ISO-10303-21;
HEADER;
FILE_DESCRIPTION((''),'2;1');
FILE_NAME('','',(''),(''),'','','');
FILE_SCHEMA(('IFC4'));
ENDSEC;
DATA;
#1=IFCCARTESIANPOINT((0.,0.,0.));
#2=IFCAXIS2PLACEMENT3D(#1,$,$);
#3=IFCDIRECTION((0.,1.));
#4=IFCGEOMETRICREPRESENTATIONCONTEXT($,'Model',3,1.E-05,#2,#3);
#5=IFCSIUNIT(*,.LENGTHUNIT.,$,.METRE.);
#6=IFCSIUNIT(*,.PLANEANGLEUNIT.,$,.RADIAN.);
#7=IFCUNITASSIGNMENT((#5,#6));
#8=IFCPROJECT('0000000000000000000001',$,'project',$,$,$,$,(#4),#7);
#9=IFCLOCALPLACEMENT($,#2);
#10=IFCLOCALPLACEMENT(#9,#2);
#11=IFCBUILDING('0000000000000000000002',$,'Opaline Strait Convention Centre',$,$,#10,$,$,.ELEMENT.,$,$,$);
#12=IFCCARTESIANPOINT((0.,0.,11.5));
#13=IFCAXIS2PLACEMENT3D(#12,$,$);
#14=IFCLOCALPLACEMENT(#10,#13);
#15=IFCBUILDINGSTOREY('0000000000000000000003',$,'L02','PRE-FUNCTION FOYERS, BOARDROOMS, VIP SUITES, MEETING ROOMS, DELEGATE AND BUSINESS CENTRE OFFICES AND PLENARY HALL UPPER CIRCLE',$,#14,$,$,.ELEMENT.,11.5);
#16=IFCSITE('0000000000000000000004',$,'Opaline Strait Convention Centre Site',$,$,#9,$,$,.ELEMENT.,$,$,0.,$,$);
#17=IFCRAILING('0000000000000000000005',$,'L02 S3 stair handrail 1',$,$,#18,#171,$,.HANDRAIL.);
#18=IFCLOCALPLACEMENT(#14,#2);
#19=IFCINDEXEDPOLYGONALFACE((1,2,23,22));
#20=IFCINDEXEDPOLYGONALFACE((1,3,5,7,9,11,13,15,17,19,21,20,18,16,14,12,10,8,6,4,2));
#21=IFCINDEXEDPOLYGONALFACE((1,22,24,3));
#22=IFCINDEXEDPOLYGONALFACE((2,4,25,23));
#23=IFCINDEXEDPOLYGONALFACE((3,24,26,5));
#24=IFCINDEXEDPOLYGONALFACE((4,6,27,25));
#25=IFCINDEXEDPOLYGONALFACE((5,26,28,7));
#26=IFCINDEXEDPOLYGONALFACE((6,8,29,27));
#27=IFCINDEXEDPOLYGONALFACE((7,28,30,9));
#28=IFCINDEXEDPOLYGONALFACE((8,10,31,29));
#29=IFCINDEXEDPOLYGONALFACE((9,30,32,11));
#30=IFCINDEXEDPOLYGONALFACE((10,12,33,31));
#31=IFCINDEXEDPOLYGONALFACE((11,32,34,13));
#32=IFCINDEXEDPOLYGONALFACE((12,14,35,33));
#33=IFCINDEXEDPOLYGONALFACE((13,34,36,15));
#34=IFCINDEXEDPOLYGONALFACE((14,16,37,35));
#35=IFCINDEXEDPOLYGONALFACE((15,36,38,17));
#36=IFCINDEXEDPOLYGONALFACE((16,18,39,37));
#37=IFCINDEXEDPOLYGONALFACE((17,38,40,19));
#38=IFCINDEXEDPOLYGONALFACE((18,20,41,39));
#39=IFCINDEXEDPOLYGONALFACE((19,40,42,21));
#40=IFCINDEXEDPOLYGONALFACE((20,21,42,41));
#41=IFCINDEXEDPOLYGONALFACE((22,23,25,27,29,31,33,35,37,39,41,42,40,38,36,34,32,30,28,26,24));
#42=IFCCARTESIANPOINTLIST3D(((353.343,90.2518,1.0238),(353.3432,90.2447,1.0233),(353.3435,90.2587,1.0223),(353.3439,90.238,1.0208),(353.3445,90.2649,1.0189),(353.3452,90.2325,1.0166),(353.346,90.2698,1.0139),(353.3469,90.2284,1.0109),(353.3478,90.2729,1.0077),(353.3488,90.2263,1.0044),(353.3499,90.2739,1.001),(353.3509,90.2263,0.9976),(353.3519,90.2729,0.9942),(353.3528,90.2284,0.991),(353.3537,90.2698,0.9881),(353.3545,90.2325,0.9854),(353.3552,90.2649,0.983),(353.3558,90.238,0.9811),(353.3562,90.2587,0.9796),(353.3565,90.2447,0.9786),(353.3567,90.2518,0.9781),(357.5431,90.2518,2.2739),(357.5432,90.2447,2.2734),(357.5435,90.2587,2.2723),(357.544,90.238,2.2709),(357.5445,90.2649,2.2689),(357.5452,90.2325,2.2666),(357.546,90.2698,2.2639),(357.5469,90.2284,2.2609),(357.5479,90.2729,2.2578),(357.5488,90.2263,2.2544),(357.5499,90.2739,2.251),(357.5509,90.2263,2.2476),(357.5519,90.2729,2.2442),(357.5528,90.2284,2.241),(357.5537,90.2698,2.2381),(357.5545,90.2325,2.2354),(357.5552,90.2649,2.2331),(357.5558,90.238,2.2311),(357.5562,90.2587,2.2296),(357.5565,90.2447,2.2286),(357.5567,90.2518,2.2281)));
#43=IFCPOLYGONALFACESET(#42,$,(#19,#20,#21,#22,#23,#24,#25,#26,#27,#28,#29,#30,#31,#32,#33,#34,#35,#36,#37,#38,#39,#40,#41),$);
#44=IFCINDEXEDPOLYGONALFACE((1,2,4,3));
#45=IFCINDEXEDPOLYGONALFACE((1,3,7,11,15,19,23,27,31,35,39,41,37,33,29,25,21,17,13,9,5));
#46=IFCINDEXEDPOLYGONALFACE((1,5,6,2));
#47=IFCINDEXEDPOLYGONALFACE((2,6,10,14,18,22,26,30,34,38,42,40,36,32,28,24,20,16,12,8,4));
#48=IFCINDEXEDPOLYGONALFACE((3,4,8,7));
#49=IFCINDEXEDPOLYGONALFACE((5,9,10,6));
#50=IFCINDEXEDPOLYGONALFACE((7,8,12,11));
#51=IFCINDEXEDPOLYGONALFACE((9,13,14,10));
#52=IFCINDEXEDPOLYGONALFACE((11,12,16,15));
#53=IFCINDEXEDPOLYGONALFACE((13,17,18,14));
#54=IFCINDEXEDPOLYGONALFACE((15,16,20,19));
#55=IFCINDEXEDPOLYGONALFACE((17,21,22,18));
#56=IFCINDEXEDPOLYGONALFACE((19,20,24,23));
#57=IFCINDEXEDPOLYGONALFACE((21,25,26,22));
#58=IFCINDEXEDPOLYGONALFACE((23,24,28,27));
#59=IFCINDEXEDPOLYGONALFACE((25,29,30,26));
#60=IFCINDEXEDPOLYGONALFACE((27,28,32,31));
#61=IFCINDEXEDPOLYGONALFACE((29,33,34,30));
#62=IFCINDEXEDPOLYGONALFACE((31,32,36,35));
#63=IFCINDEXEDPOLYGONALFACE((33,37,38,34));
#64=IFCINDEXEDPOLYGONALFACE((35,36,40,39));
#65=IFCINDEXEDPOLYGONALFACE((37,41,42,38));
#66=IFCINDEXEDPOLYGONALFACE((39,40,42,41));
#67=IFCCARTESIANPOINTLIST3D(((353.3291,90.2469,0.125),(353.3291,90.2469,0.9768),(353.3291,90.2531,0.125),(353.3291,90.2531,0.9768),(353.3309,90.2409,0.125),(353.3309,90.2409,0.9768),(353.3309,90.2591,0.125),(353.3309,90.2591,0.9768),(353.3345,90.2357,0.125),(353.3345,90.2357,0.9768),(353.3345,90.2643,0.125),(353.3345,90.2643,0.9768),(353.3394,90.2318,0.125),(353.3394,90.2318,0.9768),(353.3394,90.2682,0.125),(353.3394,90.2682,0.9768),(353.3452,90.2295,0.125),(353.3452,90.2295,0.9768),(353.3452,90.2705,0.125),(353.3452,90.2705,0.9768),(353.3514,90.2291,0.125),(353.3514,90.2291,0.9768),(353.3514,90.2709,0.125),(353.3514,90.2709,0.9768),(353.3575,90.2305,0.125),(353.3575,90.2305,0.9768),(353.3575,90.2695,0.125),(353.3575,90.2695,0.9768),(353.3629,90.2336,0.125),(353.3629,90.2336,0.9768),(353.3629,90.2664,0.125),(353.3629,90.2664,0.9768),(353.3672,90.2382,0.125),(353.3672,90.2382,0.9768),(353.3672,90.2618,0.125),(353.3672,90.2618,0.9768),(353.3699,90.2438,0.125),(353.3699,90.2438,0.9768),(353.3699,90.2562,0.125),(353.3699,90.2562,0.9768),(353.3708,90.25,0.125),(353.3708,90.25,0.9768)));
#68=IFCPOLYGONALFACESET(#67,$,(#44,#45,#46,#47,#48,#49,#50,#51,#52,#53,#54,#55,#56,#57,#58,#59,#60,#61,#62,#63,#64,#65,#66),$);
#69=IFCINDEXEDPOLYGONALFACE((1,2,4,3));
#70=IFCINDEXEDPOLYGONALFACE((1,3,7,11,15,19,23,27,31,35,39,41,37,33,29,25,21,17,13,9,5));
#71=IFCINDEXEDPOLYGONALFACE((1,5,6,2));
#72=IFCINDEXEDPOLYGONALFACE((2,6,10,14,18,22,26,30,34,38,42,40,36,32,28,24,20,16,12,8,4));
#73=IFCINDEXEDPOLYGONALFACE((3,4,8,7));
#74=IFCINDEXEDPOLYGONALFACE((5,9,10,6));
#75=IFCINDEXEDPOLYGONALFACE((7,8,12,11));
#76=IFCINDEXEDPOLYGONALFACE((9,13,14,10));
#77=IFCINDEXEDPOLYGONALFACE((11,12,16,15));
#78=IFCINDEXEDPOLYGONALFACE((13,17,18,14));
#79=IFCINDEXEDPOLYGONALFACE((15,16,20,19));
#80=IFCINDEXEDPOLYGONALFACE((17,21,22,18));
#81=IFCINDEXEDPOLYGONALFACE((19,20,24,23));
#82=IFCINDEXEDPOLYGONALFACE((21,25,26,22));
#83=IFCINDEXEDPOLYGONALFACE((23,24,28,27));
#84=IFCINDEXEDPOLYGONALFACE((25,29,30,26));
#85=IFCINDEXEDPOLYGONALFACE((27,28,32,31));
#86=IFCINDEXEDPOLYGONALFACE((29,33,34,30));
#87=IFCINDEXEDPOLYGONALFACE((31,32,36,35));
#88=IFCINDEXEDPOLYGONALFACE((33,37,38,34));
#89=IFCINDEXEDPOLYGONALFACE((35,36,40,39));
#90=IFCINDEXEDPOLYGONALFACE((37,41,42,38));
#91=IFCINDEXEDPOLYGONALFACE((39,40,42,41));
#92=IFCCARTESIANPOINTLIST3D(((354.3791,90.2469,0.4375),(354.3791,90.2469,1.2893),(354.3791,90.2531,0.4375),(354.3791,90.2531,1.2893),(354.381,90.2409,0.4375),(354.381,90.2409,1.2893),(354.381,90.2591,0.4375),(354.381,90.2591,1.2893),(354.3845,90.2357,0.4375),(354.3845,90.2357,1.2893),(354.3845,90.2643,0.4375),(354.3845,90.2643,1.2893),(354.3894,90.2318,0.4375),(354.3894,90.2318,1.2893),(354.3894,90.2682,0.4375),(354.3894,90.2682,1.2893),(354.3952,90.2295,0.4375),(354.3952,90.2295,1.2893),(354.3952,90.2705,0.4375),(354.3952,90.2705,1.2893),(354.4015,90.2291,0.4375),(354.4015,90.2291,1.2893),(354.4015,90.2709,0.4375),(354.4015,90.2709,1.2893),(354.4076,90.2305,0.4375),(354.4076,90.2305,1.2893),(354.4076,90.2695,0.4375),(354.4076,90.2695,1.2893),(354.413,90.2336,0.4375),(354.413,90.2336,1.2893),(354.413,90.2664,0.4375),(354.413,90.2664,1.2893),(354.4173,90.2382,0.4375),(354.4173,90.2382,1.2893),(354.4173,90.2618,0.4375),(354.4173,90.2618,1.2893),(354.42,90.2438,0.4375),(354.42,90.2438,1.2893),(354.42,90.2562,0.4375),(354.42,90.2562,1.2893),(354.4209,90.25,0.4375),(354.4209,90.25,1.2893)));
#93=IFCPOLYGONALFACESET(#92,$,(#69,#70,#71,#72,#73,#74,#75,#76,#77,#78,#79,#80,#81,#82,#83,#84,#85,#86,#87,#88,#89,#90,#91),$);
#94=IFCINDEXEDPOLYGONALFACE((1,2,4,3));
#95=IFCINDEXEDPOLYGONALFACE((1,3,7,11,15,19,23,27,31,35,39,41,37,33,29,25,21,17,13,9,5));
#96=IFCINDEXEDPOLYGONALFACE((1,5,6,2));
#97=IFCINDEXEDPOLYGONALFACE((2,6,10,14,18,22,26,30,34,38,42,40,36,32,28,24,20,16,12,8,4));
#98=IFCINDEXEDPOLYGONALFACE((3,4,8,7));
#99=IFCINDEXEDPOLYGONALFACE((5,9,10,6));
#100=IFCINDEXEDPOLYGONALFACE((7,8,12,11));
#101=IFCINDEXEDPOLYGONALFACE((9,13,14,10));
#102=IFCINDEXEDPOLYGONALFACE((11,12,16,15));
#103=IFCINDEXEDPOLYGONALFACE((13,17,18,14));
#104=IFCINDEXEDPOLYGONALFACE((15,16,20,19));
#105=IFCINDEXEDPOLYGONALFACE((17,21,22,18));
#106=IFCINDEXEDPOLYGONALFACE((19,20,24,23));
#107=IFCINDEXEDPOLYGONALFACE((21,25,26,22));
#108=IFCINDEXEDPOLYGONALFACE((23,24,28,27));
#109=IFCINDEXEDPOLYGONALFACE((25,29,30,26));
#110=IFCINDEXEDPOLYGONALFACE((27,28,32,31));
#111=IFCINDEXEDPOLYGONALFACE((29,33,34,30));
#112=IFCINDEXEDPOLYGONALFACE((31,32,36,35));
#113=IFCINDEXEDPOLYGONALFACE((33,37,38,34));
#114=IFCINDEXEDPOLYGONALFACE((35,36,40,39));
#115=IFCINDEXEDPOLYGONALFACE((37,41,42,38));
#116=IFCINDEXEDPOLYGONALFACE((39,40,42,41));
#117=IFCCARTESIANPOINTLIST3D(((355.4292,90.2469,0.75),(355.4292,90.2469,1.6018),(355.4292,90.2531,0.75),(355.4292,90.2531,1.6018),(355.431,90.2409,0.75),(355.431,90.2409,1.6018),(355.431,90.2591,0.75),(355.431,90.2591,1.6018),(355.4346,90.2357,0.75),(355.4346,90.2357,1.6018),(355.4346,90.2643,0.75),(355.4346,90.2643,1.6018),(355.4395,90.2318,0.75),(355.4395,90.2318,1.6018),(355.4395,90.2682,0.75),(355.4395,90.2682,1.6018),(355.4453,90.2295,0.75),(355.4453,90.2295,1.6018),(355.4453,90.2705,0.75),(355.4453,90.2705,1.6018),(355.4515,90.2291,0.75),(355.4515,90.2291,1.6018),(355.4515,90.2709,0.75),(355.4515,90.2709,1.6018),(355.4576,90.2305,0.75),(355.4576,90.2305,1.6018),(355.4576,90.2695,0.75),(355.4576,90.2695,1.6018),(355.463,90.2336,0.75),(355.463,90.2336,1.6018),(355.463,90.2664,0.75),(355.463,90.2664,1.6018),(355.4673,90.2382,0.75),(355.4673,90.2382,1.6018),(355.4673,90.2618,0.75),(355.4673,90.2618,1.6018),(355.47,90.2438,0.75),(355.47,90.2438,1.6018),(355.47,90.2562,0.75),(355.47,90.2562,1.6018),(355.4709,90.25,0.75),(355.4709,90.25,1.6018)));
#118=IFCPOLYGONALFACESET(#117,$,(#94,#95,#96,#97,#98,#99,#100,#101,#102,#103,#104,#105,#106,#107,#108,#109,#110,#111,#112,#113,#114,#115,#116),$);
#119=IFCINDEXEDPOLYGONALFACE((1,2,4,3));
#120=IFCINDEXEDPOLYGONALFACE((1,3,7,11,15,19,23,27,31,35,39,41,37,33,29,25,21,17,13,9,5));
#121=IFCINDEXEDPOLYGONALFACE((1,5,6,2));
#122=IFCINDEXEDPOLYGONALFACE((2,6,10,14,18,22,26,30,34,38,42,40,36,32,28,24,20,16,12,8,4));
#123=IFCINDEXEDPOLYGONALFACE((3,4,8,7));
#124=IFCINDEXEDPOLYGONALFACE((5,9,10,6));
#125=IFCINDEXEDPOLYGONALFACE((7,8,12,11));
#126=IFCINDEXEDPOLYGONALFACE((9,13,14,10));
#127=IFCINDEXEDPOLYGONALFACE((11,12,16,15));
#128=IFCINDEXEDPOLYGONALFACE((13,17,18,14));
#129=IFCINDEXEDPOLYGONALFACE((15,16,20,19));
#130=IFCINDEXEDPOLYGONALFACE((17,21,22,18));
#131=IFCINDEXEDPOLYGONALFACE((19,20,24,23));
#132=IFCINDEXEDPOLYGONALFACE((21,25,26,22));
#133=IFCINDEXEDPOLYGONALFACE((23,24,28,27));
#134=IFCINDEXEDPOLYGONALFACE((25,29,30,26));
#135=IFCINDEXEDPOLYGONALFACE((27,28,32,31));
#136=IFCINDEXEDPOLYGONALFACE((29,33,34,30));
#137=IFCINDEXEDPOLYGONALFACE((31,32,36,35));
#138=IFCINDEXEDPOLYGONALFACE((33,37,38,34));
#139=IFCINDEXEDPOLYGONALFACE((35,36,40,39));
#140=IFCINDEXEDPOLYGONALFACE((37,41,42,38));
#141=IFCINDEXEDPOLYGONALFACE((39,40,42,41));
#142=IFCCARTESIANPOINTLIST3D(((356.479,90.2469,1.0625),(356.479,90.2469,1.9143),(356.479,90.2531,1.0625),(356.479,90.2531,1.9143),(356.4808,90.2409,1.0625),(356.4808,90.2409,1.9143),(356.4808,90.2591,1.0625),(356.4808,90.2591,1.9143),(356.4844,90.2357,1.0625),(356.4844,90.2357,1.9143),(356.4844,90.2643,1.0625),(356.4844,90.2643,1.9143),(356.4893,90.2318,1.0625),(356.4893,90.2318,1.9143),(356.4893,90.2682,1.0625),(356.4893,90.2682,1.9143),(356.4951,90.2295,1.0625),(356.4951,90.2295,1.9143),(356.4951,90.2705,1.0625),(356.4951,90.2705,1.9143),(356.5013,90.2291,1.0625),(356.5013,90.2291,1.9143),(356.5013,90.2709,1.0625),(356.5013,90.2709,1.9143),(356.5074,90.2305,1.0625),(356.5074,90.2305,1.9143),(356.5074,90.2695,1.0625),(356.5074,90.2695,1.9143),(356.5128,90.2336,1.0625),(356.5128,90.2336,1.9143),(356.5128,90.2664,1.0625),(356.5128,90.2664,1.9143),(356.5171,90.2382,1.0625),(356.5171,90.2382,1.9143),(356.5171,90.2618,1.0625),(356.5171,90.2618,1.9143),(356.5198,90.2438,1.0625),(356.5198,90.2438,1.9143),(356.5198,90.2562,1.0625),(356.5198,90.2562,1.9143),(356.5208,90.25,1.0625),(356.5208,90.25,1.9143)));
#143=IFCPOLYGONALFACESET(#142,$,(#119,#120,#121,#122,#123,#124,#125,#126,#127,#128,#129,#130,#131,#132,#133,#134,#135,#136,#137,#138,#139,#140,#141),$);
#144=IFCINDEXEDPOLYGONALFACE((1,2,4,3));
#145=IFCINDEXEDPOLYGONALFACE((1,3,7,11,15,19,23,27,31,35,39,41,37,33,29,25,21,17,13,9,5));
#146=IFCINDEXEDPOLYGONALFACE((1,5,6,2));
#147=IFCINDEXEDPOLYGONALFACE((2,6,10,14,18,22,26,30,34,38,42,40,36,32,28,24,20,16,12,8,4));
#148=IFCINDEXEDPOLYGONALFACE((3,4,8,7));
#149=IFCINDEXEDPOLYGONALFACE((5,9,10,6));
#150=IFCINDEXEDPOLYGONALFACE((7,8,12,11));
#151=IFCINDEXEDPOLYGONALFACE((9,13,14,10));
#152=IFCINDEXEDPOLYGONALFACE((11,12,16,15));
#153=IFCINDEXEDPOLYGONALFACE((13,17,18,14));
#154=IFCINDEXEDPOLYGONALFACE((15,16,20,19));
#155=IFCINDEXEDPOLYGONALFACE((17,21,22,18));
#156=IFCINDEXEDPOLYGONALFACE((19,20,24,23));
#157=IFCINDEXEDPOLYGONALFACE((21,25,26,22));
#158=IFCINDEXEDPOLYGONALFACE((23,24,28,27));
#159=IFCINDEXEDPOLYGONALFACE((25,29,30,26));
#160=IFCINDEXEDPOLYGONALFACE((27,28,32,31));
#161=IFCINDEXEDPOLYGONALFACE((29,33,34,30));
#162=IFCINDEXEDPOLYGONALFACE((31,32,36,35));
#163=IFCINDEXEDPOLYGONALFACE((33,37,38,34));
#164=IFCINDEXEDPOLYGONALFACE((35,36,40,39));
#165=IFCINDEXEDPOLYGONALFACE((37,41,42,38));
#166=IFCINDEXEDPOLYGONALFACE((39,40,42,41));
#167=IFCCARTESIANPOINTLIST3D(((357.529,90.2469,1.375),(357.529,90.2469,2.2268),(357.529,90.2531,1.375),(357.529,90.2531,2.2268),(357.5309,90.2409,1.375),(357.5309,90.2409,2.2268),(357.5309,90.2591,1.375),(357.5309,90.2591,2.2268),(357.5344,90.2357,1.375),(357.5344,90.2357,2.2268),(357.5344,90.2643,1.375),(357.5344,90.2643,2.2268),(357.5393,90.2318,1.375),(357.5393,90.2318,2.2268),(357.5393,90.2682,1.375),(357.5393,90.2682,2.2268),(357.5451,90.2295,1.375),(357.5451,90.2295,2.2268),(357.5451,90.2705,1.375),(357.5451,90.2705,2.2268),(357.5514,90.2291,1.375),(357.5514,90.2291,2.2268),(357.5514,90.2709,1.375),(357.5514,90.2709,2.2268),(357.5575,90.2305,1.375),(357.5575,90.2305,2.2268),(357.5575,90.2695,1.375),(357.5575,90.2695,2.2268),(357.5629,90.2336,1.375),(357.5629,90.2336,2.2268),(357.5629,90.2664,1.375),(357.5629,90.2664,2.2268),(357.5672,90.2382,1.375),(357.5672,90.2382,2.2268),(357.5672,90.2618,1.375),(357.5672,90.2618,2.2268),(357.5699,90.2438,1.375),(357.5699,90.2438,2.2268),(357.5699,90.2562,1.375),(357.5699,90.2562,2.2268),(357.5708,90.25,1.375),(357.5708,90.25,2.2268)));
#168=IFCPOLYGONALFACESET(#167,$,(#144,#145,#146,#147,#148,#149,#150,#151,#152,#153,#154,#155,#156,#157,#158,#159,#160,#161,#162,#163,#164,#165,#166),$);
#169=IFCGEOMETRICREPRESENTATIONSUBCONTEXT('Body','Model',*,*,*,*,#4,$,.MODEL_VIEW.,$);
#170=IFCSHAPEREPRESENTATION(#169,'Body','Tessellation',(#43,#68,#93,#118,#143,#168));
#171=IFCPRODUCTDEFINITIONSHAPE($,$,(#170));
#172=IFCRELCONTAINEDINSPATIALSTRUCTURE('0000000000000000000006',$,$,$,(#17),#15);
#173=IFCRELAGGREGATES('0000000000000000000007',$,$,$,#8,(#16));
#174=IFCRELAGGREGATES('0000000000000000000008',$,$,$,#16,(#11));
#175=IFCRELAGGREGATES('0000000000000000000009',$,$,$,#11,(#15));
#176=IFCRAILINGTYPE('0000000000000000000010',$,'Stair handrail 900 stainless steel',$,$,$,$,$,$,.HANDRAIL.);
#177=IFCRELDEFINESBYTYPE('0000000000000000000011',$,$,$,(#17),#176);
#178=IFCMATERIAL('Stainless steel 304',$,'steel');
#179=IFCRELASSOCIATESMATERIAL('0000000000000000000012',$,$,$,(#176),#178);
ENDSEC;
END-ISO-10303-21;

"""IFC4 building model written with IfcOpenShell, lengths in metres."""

from ifc_helpers import new_model, si_unit, direction, frame, origin, origin_2d, place, context, subcontext, project, spatial, circle, extrude, material, type_object, element, save


model = new_model("IFC4")

# Units and contexts
model_context = context("Model", 3, precision=1e-05, world=origin(), true_north=direction((0.0, 1.0)))
body_context = subcontext(model_context, "Body", "Model", "MODEL_VIEW")
ifc_project = project(units=[si_unit("LENGTHUNIT", "METRE"), si_unit("PLANEANGLEUNIT", "RADIAN")], contexts=[model_context])

# Site, building, storey
site_placement = place(None, origin())
site = spatial("IfcSite", under=ifc_project, at=site_placement, Name="Opaline Strait Convention Centre Site", CompositionType="ELEMENT", RefElevation=0.0)
building_placement = place(site_placement, origin())
building = spatial("IfcBuilding", under=site, at=building_placement, Name="Opaline Strait Convention Centre", CompositionType="ELEMENT")
storey_placement = place(building_placement, frame((0.0, 0.0, 11.5)))
storey = spatial("IfcBuildingStorey", under=building, at=storey_placement, Name="L02", Description="PRE-FUNCTION FOYERS, BOARDROOMS, VIP SUITES, MEETING ROOMS, DELEGATE AND BUSINESS CENTRE OFFICES AND PLENARY HALL UPPER CIRCLE", CompositionType="ELEMENT", Elevation=11.5)

# Shared definitions
ifc_material_1 = material(Name="Stainless steel 304", Category="steel")

# Railing
railing_type_1 = type_object("IfcRailingType", Name="Stair handrail 900 stainless steel", PredefinedType="HANDRAIL", material=ifc_material_1)
for number, where, name in (
    (1, (353.3499, 90.25, 0.125), "L02 S3 stair handrail 1"),
):
    element("IfcRailing", number, at=place(storey_placement, frame(where)), inside=storey, type_object=railing_type_1, Name=name, PredefinedType="HANDRAIL", context=body_context, shape_type="SweptSolid", body=[
        extrude(circle(Radius=0.0239, at=origin_2d()), frame((0.0, 0.0, 0.876), z_axis=(0.958451, 0.0, 0.285257), x_axis=(0.0, 1.0, 0.0)), (0.0, 0.0, 1.0), 4.3821),
        extrude(circle(Radius=0.021, at=origin_2d()), origin(), (0.0, 0.0, 1.0), 0.8518),
        extrude(circle(Radius=0.021, at=origin_2d()), frame((1.05, 0.0, 0.3125)), (0.0, 0.0, 1.0), 0.8518),
        extrude(circle(Radius=0.021, at=origin_2d()), frame((2.1001, 0.0, 0.625)), (0.0, 0.0, 1.0), 0.8518),
        extrude(circle(Radius=0.021, at=origin_2d()), frame((3.1499, 0.0, 0.9375)), (0.0, 0.0, 1.0), 0.8518),
        extrude(circle(Radius=0.021, at=origin_2d()), frame((4.2, 0.0, 1.25)), (0.0, 0.0, 1.0), 0.8518),
    ])

save(model, "model.ifc")
